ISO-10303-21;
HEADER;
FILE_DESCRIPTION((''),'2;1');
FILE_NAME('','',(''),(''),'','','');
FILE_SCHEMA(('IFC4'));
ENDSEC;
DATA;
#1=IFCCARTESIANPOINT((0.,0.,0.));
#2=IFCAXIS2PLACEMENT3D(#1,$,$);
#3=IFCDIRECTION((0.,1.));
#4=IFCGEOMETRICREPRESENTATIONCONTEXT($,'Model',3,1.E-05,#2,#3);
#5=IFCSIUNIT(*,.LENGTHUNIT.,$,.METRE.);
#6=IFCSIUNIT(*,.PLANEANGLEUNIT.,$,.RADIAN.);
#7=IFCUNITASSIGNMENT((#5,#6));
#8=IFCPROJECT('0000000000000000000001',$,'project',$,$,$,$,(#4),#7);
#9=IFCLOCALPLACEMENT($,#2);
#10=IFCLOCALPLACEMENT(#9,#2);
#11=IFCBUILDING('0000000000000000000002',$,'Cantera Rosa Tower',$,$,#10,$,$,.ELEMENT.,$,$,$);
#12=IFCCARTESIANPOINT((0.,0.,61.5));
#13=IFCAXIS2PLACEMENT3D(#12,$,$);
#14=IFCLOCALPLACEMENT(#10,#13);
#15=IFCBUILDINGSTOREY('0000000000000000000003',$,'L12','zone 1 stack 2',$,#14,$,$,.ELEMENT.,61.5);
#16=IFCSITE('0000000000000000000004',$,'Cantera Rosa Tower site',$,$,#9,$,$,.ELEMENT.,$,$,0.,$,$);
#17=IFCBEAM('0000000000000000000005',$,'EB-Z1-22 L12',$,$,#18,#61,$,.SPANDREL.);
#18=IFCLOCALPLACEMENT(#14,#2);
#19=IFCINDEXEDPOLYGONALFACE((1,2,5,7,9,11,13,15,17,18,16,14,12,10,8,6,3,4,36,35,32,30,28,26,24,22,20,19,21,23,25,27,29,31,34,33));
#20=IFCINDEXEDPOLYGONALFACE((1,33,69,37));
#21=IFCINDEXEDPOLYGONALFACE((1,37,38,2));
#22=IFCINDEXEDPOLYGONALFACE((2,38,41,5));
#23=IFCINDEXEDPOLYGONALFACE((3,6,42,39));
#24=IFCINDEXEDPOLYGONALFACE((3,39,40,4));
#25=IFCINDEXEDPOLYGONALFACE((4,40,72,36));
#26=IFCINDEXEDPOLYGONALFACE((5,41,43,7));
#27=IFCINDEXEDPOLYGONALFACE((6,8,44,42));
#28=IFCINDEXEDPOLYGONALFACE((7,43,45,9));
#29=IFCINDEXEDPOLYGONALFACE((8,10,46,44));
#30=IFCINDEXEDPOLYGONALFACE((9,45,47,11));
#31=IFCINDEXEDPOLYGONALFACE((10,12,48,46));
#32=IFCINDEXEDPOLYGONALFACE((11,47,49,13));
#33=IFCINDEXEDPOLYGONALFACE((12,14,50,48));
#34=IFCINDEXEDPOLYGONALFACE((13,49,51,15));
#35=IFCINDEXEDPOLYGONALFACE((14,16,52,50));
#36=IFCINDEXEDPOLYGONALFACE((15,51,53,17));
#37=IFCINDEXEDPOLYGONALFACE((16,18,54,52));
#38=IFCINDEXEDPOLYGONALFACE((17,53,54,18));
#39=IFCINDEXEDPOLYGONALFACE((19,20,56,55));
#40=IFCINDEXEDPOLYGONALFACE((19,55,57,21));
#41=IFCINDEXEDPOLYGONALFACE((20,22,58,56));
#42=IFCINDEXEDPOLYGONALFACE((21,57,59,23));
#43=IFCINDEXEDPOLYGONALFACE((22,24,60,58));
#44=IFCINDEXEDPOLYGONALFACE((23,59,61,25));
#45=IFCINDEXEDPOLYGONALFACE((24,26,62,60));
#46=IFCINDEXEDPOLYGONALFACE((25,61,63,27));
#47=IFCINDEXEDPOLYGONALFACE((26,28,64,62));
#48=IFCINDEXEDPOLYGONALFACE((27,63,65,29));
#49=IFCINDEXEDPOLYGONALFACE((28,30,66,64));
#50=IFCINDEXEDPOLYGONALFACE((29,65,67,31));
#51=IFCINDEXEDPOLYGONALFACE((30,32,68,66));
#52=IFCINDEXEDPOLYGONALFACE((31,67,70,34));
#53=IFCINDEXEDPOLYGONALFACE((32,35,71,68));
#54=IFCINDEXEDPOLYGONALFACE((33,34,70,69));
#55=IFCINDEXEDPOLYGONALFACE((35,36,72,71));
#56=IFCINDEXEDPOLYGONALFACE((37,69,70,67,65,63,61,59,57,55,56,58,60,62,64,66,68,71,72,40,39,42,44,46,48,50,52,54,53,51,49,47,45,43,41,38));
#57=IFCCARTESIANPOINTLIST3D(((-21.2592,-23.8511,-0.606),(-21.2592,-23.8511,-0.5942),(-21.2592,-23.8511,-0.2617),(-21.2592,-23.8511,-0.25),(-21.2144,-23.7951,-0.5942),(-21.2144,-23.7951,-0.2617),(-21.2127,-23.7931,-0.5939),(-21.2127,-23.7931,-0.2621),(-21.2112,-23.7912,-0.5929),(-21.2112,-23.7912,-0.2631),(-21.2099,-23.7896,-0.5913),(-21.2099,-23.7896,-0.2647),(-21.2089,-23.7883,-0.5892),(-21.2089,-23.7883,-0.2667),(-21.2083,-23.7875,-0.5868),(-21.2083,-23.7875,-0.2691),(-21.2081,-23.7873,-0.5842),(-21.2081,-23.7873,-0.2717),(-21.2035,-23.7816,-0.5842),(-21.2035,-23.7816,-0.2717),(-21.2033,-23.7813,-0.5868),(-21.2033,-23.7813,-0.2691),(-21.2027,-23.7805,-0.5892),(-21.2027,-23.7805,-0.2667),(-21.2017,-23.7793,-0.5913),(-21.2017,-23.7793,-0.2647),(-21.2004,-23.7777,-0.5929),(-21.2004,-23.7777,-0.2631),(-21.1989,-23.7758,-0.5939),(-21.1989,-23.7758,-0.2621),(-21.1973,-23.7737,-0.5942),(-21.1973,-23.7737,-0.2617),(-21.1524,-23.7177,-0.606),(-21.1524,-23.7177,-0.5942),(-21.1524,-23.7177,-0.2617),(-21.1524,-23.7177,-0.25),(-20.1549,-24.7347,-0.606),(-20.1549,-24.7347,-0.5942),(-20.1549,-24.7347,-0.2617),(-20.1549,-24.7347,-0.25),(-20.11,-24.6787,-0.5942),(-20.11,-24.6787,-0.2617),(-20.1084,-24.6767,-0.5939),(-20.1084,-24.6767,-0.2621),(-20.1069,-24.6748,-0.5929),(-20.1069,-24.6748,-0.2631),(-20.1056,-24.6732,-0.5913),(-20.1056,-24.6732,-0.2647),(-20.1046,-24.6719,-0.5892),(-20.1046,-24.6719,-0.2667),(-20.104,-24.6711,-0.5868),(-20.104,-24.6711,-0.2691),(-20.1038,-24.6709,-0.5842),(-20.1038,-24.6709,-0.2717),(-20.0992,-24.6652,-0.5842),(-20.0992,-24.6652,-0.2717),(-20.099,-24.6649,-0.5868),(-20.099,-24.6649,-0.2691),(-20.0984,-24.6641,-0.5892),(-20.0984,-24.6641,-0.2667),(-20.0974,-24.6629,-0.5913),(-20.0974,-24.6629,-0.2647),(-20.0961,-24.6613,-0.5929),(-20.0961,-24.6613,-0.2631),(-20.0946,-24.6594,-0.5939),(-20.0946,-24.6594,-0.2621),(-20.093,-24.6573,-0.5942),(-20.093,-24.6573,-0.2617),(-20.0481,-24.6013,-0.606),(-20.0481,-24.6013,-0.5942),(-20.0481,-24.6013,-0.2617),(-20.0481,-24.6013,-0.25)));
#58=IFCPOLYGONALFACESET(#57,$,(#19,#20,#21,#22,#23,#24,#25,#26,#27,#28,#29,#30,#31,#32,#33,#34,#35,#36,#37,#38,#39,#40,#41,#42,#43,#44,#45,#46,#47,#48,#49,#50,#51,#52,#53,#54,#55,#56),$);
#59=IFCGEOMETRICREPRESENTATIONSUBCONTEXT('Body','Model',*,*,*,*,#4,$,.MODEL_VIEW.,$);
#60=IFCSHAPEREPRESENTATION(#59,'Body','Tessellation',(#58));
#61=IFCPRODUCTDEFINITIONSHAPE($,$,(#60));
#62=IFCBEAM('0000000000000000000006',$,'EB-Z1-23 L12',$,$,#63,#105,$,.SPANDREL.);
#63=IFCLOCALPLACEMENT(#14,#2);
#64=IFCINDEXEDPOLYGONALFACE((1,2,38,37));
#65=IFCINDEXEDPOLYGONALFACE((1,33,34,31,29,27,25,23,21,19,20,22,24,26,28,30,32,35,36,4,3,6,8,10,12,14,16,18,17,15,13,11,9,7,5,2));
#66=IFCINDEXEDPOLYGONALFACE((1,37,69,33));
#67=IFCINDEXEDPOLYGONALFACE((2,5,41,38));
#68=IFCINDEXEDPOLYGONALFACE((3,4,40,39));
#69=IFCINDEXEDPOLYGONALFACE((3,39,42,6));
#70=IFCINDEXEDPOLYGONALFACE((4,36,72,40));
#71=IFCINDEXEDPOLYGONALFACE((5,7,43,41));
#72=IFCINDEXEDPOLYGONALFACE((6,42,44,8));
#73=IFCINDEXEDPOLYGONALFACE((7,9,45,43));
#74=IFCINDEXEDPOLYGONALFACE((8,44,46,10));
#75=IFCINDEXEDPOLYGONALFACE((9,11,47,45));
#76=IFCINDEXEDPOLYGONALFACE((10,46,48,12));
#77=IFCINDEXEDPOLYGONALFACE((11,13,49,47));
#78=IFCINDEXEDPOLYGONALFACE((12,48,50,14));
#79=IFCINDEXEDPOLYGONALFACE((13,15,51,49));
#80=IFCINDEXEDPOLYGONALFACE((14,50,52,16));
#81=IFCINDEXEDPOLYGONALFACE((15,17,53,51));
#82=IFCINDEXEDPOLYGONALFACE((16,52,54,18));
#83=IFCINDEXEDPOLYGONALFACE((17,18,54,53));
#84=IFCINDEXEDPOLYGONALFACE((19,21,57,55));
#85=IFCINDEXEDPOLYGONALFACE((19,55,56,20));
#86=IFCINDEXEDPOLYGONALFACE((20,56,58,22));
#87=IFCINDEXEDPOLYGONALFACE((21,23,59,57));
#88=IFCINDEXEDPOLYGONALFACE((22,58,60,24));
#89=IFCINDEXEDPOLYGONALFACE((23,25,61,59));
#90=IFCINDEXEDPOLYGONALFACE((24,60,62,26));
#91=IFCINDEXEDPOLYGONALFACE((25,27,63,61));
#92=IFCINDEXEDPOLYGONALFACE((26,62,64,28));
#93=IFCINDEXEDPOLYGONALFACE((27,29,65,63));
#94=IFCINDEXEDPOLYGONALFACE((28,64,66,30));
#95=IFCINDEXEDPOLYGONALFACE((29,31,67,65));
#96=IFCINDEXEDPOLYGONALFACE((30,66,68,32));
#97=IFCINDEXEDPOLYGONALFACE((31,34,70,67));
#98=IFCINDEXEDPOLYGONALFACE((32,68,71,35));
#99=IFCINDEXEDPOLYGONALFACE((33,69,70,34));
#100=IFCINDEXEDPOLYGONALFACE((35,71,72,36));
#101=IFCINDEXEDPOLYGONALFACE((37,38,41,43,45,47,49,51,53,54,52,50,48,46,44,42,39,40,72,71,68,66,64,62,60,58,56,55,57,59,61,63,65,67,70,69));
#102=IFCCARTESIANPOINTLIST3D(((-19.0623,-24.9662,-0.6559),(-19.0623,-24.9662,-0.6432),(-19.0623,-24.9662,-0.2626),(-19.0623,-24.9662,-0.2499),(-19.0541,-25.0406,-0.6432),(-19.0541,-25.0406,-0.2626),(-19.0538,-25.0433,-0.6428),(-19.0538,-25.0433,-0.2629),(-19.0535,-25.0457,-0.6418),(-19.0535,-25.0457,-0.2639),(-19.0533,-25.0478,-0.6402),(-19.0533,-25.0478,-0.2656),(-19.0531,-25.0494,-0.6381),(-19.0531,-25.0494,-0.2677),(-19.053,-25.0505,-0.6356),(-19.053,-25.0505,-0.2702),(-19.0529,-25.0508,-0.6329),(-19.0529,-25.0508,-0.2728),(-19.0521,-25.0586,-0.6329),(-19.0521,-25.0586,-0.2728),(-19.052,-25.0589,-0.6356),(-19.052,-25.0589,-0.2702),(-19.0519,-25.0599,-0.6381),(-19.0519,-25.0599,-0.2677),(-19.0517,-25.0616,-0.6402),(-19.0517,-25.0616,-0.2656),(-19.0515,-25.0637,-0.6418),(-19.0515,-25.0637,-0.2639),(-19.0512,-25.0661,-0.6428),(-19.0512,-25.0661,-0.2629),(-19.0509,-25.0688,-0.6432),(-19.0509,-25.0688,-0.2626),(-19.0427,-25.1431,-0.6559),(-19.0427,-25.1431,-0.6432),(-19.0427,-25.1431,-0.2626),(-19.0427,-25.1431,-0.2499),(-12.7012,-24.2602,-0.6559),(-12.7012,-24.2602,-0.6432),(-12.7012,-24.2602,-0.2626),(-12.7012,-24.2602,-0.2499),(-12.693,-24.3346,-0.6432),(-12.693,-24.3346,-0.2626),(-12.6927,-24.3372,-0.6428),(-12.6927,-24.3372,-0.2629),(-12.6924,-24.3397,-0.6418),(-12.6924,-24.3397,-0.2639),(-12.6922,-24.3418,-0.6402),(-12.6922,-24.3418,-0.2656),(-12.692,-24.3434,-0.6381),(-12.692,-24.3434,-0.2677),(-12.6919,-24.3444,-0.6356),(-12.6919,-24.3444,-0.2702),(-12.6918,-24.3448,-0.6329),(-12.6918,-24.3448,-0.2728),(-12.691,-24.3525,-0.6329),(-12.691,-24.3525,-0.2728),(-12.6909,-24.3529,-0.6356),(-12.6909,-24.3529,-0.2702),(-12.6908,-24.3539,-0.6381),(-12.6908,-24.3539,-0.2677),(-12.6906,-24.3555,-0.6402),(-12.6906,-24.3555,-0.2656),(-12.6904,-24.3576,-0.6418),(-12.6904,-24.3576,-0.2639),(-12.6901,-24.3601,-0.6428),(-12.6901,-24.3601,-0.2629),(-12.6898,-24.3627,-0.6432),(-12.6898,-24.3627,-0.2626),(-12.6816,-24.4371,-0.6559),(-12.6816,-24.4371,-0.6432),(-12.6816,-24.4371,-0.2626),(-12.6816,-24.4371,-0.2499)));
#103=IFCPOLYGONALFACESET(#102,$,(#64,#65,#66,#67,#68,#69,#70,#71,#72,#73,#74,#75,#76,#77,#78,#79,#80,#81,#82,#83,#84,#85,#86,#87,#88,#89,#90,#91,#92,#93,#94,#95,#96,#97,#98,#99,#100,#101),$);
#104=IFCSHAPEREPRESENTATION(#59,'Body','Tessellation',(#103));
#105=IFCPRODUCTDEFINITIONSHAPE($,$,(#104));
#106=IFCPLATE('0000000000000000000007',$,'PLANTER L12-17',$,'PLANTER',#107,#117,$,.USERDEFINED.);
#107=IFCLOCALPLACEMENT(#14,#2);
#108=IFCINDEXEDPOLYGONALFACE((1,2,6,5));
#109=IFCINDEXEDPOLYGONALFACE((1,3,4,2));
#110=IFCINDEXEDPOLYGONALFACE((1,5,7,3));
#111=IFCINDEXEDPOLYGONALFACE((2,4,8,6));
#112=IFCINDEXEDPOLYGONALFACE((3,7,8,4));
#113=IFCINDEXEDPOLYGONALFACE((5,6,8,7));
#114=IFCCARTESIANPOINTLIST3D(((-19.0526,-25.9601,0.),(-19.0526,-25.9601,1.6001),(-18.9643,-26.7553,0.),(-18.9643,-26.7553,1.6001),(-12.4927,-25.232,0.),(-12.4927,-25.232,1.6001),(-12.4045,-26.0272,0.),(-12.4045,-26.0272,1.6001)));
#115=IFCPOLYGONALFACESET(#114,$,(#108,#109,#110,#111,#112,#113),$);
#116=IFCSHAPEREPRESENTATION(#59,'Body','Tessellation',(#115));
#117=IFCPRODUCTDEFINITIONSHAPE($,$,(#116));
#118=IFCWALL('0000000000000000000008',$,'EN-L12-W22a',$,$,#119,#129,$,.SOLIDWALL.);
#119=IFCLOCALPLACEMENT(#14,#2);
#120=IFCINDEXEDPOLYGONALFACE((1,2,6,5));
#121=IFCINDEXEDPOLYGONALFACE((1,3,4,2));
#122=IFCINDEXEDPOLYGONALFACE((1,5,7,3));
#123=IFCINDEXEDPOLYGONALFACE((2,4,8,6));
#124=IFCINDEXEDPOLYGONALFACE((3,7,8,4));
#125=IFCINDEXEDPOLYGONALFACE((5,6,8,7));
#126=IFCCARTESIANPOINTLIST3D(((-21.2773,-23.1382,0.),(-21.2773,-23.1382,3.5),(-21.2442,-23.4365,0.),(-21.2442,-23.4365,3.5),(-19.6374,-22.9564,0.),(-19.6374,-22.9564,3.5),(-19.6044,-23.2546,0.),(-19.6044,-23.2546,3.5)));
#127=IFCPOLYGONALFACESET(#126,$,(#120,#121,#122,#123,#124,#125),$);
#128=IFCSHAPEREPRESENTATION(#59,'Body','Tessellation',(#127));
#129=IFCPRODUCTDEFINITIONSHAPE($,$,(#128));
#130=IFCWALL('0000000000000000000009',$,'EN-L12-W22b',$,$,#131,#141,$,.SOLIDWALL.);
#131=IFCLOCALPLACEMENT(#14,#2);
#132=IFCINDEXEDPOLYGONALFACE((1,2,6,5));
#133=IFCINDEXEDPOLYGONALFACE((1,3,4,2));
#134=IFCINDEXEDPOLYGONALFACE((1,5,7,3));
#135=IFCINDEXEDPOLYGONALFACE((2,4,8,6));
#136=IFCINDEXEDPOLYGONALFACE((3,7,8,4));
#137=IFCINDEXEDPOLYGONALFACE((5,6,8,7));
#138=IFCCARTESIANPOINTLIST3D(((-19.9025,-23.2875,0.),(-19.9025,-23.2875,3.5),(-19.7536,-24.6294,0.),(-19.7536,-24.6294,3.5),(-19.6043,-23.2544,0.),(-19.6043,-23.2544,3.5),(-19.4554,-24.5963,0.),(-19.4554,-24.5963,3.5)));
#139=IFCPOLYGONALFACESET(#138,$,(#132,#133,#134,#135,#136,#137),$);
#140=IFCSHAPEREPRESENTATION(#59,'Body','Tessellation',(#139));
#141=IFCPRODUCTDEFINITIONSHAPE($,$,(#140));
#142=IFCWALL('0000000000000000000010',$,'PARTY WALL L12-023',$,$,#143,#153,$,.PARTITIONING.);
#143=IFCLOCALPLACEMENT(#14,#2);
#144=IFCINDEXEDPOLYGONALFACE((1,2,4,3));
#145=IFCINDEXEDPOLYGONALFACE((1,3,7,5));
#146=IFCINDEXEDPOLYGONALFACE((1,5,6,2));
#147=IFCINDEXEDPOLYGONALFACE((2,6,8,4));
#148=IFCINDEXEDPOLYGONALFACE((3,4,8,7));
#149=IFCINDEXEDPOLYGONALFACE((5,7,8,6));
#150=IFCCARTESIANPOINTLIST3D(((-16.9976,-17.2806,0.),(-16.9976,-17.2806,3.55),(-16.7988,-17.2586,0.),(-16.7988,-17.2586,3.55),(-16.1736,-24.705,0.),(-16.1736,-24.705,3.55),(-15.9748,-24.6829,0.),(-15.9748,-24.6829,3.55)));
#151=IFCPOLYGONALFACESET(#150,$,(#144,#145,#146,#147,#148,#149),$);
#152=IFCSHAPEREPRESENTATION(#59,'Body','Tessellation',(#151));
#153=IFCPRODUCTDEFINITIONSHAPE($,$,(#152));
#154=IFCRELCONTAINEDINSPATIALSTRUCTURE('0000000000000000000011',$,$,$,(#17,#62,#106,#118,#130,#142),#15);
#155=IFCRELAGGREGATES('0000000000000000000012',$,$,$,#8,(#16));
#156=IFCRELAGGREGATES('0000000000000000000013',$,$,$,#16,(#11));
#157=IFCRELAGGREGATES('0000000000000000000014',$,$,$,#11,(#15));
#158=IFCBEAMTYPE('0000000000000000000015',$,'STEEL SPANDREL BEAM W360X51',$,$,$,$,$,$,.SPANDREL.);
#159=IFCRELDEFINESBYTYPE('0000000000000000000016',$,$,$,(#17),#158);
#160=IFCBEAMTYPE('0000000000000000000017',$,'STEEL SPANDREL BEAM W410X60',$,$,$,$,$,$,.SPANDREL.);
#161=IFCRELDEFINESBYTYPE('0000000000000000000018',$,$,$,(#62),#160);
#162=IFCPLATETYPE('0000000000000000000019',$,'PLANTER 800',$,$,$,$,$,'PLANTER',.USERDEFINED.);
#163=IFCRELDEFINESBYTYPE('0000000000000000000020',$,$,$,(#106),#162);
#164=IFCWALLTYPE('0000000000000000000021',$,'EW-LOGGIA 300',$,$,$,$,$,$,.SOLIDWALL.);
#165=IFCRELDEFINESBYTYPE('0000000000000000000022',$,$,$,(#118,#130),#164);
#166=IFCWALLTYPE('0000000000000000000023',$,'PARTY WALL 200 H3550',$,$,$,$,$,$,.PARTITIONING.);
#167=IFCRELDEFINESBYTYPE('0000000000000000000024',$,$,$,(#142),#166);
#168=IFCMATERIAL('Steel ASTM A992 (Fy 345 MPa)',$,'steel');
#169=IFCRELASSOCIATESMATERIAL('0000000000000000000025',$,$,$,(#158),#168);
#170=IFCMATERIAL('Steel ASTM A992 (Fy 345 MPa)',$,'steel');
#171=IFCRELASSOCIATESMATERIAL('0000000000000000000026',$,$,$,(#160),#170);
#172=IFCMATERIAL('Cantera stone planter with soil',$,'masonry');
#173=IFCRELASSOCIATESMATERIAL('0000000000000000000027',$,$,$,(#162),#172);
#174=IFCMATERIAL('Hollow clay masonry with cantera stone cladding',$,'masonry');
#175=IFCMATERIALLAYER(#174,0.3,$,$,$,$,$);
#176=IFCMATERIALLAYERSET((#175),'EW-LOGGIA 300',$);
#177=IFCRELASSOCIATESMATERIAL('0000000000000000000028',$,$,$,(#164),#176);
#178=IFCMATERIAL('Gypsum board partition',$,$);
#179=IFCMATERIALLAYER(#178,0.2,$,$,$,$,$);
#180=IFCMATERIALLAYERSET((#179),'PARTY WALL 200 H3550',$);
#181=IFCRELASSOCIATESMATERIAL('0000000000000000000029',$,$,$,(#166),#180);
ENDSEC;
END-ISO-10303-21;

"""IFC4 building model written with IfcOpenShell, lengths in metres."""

from ifc_helpers import new_model, si_unit, direction, frame, frame_2d, origin, origin_2d, place, context, subcontext, project, spatial, rectangle, i_section, extrude, material, layer, layer_set, material_profile, profile_set, type_object, element, save


model = new_model("IFC4")

# Units and contexts
model_context = context("Model", 3, precision=1e-05, world=origin(), true_north=direction((0.0, 1.0)))
body_context = subcontext(model_context, "Body", "Model", "MODEL_VIEW")
ifc_project = project(units=[si_unit("LENGTHUNIT", "METRE"), si_unit("PLANEANGLEUNIT", "RADIAN")], contexts=[model_context])

# Site, building, storey
site_placement = place(None, origin())
site = spatial("IfcSite", under=ifc_project, at=site_placement, Name="Cantera Rosa Tower site", CompositionType="ELEMENT", RefElevation=0.0)
building_placement = place(site_placement, origin())
building = spatial("IfcBuilding", under=site, at=building_placement, Name="Cantera Rosa Tower", CompositionType="ELEMENT")
storey_placement = place(building_placement, frame((0.0, 0.0, 61.5)))
storey = spatial("IfcBuildingStorey", under=building, at=storey_placement, Name="L12", Description="zone 1 stack 2", CompositionType="ELEMENT", Elevation=61.5)

# Beams
ifc_material_1 = material(Name="Steel ASTM A992 (Fy 345 MPa)", Category="steel")
ifc_material_profile_1 = material_profile(ifc_material_1, i_section(OverallWidth=0.1709, OverallDepth=0.356, WebThickness=0.0073, FlangeThickness=0.0117, FilletRadius=0.01, at=origin_2d()), Name="W360X51")
ifc_profile_set_1 = profile_set([ifc_material_profile_1], Name="Steel ASTM A992 (Fy 345 MPa)")
beam_type_1 = type_object("IfcBeamType", Name="STEEL SPANDREL BEAM W360X51", PredefinedType="SPANDREL", material=ifc_profile_set_1)
for number, where, z_axis, x_axis, name in (
    (1, (-21.2058, -23.7844, -0.428), (0.780818, -0.624758, 0.0), (0.624758, 0.780818, 0.0), "EB-Z1-22 L12"),
):
    element("IfcBeam", number, at=place(storey_placement, frame(where, z_axis=z_axis, x_axis=x_axis)), inside=storey, type_object=beam_type_1, Name=name, PredefinedType="SPANDREL", context=body_context, shape_type="SweptSolid", body=[
        extrude(i_section(OverallWidth=0.1709, OverallDepth=0.356, WebThickness=0.0073, FlangeThickness=0.0117, FilletRadius=0.01, at=origin_2d()), origin(), (0.0, 0.0, 1.0), 1.4143),
    ])
ifc_material_2 = material(Name="Steel ASTM A992 (Fy 345 MPa)", Category="steel")
ifc_material_profile_2 = material_profile(ifc_material_2, i_section(OverallWidth=0.178, OverallDepth=0.406, WebThickness=0.0078, FlangeThickness=0.0127, FilletRadius=0.0103, at=origin_2d()), Name="W410X60")
ifc_profile_set_2 = profile_set([ifc_material_profile_2], Name="Steel ASTM A992 (Fy 345 MPa)")
beam_type_2 = type_object("IfcBeamType", Name="STEEL SPANDREL BEAM W410X60", PredefinedType="SPANDREL", material=ifc_profile_set_2)
beam_1_placement = place(storey_placement, frame((-19.0525, -25.0547, -0.4529), z_axis=(0.993896, 0.110318, 0.0), x_axis=(-0.110318, 0.993896, 0.0)))
element("IfcBeam", 2, at=beam_1_placement, inside=storey, type_object=beam_type_2, Name="EB-Z1-23 L12", PredefinedType="SPANDREL", context=body_context, shape_type="SweptSolid", body=[
    extrude(i_section(OverallWidth=0.178, OverallDepth=0.406, WebThickness=0.0078, FlangeThickness=0.0127, FilletRadius=0.0103, at=origin_2d()), origin(), (0.0, 0.0, 1.0), 6.4001),
])

# Plate
ifc_material_3 = material(Name="Cantera stone planter with soil", Category="masonry")
plate_type = type_object("IfcPlateType", Name="PLANTER 800", ElementType="PLANTER", PredefinedType="USERDEFINED", material=ifc_material_3)
plate_placement = place(storey_placement, frame((-15.7285, -25.9937, 0.0), z_axis=(0.0, 0.0, 1.0), x_axis=(0.993897, 0.110313, 0.0)))
element("IfcPlate", 3, at=plate_placement, inside=storey, type_object=plate_type, Name="PLANTER L12-17", ObjectType="PLANTER", PredefinedType="USERDEFINED", context=body_context, shape_type="SweptSolid", body=[
    extrude(rectangle(XDim=6.6001, YDim=0.8, at=origin_2d()), origin(), (0.0, 0.0, 1.0), 1.6001),
])

# Walls
ifc_material_4 = material(Name="Hollow clay masonry with cantera stone cladding", Category="masonry")
ifc_layer_1 = layer(ifc_material_4, 0.3)
ifc_layer_set_1 = layer_set([ifc_layer_1], Name="EW-LOGGIA 300")
wall_type_1 = type_object("IfcWallType", Name="EW-LOGGIA 300", PredefinedType="SOLIDWALL", material=ifc_layer_set_1)
wall_1_placement = place(storey_placement, frame((-21.2607, -23.2874, 0.0), z_axis=(0.0, 0.0, 1.0), x_axis=(0.993905, 0.110237, 0.0)))
element("IfcWall", 4, at=wall_1_placement, inside=storey, type_object=wall_type_1, Name="EN-L12-W22a", PredefinedType="SOLIDWALL", context=body_context, shape_type="SweptSolid", body=[
    extrude(rectangle(XDim=1.6499, YDim=0.3, at=frame_2d((0.825, 0.0))), origin(), (0.0, 0.0, 1.0), 3.5),
])
wall_2_placement = place(storey_placement, frame((-19.7534, -23.271, 0.0), z_axis=(0.0, 0.0, 1.0), x_axis=(0.110312, -0.993897, 0.0)))
element("IfcWall", 5, at=wall_2_placement, inside=storey, type_object=wall_type_1, Name="EN-L12-W22b", PredefinedType="SOLIDWALL", context=body_context, shape_type="SweptSolid", body=[
    extrude(rectangle(XDim=1.3501, YDim=0.3, at=frame_2d((0.675, 0.0))), origin(), (0.0, 0.0, 1.0), 3.5),
])

# Wall
ifc_material_5 = material(Name="Gypsum board partition")
ifc_layer_2 = layer(ifc_material_5, 0.2)
ifc_layer_set_2 = layer_set([ifc_layer_2], Name="PARTY WALL 200 H3550")
wall_type_2 = type_object("IfcWallType", Name="PARTY WALL 200 H3550", PredefinedType="PARTITIONING", material=ifc_layer_set_2)
wall_3_placement = place(storey_placement, frame((-16.0742, -24.6938, 0.0), z_axis=(0.0, 0.0, 1.0), x_axis=(-0.110306, 0.993898, 0.0)))
element("IfcWall", 6, at=wall_3_placement, inside=storey, type_object=wall_type_2, Name="PARTY WALL L12-023", PredefinedType="PARTITIONING", context=body_context, shape_type="SweptSolid", body=[
    extrude(rectangle(XDim=7.47, YDim=0.2, at=frame_2d((3.7349, 0.0))), origin(), (0.0, 0.0, 1.0), 3.55),
])

save(model, "model.ifc")
